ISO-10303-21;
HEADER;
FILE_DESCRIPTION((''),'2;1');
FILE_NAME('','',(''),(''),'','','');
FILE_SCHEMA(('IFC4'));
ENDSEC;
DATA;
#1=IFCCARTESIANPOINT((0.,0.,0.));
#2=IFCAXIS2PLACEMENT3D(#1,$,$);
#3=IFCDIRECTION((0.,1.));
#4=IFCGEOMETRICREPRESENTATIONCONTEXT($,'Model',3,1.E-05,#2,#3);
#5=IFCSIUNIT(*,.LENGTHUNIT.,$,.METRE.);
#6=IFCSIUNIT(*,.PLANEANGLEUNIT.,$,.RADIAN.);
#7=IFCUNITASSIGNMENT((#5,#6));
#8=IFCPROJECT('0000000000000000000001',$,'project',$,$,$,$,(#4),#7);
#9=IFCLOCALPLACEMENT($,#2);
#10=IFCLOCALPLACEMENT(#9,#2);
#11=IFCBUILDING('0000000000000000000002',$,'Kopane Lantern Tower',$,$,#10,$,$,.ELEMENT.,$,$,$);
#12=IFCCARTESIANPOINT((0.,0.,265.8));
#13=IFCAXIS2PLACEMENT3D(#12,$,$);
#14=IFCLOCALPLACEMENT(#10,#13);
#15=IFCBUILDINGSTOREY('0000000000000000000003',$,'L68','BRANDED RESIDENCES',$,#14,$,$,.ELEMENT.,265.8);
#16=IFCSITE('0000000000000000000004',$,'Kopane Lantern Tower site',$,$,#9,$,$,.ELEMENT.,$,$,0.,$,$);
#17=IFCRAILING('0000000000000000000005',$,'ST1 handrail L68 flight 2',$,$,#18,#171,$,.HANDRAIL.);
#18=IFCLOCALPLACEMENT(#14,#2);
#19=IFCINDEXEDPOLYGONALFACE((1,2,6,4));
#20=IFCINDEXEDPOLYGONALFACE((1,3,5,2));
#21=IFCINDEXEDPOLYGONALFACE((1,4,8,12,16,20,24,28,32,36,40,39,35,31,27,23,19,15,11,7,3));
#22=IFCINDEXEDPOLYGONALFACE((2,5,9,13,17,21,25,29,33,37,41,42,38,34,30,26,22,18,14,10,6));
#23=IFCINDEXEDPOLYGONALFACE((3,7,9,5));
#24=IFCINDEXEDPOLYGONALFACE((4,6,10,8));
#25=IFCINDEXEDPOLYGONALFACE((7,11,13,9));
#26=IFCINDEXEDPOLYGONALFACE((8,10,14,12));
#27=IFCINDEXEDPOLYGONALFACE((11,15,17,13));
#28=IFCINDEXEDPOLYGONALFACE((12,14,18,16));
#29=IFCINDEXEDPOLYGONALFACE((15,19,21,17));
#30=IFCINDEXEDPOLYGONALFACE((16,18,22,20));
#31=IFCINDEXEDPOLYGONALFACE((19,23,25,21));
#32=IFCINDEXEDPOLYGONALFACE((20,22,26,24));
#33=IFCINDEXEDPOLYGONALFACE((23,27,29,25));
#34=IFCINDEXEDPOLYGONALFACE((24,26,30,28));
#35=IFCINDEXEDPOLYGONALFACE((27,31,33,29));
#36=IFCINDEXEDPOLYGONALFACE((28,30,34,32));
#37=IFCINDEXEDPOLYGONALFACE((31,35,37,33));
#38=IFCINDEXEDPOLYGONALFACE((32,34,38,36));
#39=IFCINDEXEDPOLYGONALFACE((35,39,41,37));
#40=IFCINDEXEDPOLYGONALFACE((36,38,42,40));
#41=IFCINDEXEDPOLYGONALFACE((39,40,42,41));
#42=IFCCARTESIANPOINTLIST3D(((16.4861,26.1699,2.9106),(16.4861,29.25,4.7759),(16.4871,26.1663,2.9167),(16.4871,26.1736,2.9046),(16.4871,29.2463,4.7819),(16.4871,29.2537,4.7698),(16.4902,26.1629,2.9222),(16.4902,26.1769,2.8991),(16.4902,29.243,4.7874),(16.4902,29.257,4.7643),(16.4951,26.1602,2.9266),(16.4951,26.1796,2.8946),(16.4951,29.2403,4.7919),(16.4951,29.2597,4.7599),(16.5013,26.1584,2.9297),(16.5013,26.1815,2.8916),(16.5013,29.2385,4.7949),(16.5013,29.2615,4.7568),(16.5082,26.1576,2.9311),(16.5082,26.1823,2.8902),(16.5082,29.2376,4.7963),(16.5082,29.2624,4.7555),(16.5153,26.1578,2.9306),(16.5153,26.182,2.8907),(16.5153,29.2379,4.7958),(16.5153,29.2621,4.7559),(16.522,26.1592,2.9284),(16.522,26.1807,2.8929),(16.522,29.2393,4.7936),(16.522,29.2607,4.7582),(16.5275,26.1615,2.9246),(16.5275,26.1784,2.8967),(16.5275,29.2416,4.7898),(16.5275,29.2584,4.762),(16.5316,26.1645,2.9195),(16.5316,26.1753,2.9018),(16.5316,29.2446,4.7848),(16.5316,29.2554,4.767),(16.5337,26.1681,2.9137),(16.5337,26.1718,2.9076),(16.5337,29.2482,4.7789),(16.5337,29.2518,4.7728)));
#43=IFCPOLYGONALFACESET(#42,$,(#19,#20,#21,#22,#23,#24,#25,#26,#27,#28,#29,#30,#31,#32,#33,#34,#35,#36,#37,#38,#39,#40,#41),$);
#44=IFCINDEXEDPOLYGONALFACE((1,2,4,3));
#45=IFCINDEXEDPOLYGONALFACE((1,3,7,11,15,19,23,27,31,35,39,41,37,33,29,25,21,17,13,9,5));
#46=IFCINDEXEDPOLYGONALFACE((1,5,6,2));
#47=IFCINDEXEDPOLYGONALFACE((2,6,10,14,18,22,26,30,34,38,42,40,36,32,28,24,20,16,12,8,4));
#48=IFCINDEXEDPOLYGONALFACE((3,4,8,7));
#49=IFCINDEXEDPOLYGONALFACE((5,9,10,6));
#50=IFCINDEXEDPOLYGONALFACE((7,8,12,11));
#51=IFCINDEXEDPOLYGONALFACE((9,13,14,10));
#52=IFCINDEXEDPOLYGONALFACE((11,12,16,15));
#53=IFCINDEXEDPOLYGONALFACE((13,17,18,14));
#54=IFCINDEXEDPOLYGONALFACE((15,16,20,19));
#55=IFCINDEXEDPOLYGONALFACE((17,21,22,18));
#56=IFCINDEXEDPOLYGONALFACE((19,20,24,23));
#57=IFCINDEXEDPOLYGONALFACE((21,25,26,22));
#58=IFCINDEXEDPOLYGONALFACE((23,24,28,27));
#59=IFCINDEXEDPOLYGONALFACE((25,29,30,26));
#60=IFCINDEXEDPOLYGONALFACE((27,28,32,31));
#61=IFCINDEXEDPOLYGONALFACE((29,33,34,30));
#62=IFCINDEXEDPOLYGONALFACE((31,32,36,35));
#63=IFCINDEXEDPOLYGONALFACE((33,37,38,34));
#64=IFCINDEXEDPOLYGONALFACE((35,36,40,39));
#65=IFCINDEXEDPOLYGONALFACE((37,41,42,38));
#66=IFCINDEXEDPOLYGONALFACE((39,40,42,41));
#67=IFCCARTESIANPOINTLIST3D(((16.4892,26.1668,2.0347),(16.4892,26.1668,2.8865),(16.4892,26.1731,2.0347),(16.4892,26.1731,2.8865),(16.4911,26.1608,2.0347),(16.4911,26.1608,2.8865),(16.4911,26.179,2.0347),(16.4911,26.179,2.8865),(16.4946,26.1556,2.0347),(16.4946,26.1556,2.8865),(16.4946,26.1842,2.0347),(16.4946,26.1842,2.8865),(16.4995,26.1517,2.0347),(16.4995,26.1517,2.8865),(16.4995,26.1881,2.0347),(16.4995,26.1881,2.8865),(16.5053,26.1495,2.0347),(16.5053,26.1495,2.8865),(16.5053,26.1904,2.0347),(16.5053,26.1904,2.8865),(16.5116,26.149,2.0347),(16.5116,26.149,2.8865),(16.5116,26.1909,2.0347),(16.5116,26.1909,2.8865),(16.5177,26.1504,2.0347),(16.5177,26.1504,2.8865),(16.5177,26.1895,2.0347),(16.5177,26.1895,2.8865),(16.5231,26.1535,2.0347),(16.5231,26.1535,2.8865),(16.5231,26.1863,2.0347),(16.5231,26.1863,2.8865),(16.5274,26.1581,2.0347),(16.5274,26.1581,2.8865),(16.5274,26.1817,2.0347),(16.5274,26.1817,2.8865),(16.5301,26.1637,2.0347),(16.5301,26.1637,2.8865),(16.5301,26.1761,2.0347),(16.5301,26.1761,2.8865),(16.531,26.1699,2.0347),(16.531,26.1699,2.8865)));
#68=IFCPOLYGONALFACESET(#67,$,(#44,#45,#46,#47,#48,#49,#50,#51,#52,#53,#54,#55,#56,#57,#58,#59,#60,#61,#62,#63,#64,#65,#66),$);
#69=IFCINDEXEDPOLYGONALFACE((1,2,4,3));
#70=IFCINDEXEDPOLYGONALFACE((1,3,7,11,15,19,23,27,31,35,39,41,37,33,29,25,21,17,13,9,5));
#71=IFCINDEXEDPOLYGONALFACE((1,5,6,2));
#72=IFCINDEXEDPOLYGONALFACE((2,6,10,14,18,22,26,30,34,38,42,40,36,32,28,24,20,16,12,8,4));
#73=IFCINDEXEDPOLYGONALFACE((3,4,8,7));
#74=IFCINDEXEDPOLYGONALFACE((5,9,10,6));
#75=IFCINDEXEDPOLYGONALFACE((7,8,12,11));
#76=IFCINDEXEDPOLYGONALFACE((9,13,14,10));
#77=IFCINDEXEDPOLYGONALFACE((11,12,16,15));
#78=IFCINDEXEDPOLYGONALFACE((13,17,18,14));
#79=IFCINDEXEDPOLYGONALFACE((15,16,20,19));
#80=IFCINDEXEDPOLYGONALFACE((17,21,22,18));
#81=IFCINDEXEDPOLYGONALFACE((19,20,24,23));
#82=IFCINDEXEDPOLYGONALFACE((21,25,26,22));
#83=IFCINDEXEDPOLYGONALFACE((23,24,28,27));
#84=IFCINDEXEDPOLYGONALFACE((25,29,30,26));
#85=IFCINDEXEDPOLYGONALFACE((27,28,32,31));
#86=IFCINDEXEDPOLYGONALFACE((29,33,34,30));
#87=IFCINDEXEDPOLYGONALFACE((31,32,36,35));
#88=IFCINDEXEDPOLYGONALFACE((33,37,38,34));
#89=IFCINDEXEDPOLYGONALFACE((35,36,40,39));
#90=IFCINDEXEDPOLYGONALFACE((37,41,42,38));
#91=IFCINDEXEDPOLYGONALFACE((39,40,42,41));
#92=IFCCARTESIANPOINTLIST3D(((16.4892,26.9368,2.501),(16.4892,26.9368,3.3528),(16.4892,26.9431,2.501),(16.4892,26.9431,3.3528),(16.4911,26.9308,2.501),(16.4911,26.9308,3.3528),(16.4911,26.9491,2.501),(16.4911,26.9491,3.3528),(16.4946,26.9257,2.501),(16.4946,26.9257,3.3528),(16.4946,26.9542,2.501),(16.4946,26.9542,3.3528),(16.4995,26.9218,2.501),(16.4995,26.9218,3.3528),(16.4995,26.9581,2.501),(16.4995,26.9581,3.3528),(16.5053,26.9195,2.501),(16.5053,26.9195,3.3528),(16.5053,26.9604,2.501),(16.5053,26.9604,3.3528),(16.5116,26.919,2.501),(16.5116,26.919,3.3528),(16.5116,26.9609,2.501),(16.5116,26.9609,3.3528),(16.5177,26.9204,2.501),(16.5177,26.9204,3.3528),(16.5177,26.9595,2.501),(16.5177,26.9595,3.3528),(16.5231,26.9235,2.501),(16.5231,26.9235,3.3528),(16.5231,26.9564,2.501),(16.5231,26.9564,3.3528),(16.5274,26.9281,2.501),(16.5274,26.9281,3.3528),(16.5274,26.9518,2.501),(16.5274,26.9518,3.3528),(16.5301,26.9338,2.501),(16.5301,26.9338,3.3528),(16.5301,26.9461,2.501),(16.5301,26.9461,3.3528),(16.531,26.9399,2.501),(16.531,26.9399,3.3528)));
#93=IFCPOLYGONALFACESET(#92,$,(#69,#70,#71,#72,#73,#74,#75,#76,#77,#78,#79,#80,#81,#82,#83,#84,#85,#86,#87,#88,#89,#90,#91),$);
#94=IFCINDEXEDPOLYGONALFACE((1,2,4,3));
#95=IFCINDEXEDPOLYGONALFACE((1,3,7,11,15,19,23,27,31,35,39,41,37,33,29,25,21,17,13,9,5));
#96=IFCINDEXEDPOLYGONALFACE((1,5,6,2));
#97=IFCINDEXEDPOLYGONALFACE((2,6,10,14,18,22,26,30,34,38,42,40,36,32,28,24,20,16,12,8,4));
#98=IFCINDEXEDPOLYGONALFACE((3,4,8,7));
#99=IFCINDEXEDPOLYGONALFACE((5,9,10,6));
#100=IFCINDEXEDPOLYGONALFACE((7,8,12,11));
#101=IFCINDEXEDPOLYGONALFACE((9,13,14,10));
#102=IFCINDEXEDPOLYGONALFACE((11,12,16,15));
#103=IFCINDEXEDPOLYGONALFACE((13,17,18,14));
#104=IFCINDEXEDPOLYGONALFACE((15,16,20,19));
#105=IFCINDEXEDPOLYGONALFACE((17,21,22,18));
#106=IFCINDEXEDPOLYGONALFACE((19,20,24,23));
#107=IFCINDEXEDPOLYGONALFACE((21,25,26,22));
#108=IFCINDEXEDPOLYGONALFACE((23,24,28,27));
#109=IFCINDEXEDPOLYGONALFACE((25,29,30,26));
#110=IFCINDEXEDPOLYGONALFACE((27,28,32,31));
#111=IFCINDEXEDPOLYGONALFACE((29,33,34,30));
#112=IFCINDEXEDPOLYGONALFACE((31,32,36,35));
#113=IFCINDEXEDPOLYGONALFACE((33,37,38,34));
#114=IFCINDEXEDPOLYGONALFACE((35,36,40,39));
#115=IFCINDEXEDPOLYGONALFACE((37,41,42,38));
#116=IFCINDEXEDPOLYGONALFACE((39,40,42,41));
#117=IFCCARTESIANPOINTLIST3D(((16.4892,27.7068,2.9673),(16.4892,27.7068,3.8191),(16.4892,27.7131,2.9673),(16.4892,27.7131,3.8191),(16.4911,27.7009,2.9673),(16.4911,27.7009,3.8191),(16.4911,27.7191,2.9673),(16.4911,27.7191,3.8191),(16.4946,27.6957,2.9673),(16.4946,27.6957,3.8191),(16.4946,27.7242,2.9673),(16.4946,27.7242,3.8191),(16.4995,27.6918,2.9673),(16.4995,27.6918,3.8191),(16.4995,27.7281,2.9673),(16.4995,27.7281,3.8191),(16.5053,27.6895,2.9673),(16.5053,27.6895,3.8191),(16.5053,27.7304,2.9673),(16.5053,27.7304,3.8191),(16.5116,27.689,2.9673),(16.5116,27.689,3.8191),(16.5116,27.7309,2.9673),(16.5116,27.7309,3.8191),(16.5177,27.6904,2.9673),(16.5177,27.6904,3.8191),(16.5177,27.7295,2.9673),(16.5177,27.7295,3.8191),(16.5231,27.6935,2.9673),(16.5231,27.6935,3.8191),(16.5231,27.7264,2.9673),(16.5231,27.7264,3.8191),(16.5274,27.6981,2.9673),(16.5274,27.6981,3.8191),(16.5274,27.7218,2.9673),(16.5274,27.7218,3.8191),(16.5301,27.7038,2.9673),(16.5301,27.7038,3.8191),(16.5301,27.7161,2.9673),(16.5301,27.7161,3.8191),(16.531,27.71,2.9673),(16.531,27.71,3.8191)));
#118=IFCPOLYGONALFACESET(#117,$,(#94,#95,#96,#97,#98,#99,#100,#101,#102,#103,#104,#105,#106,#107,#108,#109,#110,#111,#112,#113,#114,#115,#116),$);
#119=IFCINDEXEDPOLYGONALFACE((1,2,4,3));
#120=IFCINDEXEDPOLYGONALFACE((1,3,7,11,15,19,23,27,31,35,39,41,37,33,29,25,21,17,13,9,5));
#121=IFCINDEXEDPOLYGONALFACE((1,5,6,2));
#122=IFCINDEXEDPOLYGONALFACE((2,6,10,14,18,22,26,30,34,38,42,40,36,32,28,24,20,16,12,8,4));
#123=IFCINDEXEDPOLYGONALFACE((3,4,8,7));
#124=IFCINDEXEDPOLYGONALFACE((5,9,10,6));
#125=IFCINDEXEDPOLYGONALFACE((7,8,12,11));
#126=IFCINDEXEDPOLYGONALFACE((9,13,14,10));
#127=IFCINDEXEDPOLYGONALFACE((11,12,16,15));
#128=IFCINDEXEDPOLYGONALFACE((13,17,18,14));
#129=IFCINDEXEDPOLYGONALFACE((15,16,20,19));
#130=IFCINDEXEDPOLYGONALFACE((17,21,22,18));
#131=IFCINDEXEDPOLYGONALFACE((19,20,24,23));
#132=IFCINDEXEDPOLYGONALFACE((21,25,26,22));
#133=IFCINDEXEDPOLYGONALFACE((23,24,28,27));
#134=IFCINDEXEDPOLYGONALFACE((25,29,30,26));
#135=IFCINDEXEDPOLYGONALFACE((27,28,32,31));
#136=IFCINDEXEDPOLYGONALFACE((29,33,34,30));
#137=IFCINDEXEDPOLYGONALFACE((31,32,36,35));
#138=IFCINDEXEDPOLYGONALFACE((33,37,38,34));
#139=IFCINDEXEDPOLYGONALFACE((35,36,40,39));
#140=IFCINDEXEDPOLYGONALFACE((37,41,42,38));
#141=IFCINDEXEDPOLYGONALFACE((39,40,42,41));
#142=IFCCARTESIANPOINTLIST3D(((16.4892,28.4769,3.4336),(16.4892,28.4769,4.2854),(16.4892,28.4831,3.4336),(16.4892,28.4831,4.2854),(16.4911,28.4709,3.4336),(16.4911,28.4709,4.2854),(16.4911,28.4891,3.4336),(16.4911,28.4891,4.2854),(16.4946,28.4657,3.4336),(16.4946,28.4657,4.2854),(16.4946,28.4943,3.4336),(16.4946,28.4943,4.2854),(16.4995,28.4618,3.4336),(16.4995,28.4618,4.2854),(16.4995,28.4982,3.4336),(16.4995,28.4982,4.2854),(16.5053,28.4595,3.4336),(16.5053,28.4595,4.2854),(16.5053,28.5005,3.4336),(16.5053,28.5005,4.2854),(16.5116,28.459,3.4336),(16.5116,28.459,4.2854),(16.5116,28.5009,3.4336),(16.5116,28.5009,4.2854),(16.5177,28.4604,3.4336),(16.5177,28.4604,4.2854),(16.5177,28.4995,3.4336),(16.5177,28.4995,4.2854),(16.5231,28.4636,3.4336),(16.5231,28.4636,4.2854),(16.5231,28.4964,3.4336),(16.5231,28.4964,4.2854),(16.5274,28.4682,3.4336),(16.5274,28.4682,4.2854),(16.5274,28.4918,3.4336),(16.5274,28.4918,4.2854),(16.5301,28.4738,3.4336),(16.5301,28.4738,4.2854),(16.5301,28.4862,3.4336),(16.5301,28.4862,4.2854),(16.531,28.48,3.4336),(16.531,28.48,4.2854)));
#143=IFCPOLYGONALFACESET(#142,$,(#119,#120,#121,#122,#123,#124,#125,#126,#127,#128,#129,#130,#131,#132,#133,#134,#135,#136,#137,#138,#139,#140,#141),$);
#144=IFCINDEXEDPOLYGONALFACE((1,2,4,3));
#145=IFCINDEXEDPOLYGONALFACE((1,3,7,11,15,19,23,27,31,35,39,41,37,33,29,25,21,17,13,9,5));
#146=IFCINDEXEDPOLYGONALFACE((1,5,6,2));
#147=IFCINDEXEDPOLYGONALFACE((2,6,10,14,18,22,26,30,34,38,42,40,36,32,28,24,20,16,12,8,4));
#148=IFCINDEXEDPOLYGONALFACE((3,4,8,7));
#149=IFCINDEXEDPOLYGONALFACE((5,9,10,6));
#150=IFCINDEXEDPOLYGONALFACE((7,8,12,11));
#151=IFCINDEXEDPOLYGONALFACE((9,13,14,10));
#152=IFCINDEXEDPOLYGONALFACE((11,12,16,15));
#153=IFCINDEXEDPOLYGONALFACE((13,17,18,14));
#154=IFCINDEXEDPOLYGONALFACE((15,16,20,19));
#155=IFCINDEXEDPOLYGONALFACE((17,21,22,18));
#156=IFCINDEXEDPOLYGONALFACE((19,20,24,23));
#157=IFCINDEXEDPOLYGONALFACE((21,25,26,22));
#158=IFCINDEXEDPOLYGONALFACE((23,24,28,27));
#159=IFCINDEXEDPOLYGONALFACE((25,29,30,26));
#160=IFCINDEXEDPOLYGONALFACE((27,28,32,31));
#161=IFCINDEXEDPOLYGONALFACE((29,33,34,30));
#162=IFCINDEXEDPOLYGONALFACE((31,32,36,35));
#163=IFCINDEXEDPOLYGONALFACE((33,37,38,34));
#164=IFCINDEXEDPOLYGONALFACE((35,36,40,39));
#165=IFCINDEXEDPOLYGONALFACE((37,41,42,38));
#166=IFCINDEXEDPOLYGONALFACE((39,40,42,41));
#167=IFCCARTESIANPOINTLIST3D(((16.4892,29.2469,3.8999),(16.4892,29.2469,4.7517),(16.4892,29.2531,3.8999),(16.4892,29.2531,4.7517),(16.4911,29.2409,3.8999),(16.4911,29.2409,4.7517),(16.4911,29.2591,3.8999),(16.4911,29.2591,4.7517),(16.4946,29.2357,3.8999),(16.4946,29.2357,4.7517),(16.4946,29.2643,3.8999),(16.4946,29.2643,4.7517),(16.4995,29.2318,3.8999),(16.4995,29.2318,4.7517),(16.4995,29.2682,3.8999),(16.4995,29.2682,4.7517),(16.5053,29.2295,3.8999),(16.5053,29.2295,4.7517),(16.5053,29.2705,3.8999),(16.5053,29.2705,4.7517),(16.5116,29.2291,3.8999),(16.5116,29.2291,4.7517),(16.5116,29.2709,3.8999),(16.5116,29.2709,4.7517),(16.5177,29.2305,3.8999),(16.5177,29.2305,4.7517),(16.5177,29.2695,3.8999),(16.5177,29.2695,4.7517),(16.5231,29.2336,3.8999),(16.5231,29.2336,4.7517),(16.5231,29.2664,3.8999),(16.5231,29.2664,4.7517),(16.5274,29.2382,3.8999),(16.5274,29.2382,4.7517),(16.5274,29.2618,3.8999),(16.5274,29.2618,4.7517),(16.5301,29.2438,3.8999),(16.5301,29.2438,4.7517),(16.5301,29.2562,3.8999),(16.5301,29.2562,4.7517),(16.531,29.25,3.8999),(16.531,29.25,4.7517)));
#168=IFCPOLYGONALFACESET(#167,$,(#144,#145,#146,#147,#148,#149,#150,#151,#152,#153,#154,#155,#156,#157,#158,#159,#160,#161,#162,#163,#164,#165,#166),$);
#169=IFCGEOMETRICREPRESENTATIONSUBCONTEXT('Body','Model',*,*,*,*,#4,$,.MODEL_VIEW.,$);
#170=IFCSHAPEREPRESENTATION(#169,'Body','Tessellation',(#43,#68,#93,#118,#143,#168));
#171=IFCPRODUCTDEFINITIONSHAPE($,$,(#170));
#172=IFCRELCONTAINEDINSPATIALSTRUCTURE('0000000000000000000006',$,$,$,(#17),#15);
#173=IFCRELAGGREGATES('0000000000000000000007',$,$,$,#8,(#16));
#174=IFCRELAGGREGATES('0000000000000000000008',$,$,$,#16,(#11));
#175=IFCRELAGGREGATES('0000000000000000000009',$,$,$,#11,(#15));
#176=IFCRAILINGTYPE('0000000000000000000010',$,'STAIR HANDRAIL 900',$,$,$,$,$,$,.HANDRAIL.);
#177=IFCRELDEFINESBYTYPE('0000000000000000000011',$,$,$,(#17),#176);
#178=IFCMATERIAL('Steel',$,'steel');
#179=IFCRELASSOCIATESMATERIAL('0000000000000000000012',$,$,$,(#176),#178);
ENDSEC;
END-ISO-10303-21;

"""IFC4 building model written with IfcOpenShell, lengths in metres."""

from ifc_helpers import new_model, si_unit, direction, frame, origin, origin_2d, place, context, subcontext, project, spatial, circle, extrude, material, type_object, element, save


model = new_model("IFC4")

# Units and contexts
model_context = context("Model", 3, precision=1e-05, world=origin(), true_north=direction((0.0, 1.0)))
body_context = subcontext(model_context, "Body", "Model", "MODEL_VIEW")
ifc_project = project(units=[si_unit("LENGTHUNIT", "METRE"), si_unit("PLANEANGLEUNIT", "RADIAN")], contexts=[model_context])

# Site, building, storey
site_placement = place(None, origin())
site = spatial("IfcSite", under=ifc_project, at=site_placement, Name="Kopane Lantern Tower site", CompositionType="ELEMENT", RefElevation=0.0)
building_placement = place(site_placement, origin())
building = spatial("IfcBuilding", under=site, at=building_placement, Name="Kopane Lantern Tower", CompositionType="ELEMENT")
storey_placement = place(building_placement, frame((0.0, 0.0, 265.8)))
storey = spatial("IfcBuildingStorey", under=building, at=storey_placement, Name="L68", Description="BRANDED RESIDENCES", CompositionType="ELEMENT", Elevation=265.8)

# Railing
ifc_material_1 = material(Name="Steel", Category="steel")
railing_type_1 = type_object("IfcRailingType", Name="STAIR HANDRAIL 900", PredefinedType="HANDRAIL", material=ifc_material_1)
for number, where, name in (
    (1, (16.51, 26.1699, 2.0347), "ST1 handrail L68 flight 2"),
):
    element("IfcRailing", number, at=place(storey_placement, frame(where)), inside=storey, type_object=railing_type_1, Name=name, PredefinedType="HANDRAIL", context=body_context, shape_type="SweptSolid", body=[
        extrude(circle(Radius=0.0239, at=origin_2d()), frame((0.0, 0.0, 0.876), z_axis=(0.0, 0.85538, 0.518001), x_axis=(-1.0, 0.0, 0.0)), (0.0, 0.0, 1.0), 3.6008),
        extrude(circle(Radius=0.021, at=origin_2d()), origin(), (0.0, 0.0, 1.0), 0.8518),
        extrude(circle(Radius=0.021, at=origin_2d()), frame((0.0, 0.77, 0.4663)), (0.0, 0.0, 1.0), 0.8518),
        extrude(circle(Radius=0.021, at=origin_2d()), frame((0.0, 1.54, 0.9326)), (0.0, 0.0, 1.0), 0.8518),
        extrude(circle(Radius=0.021, at=origin_2d()), frame((0.0, 2.3101, 1.3989)), (0.0, 0.0, 1.0), 0.8518),
        extrude(circle(Radius=0.021, at=origin_2d()), frame((0.0, 3.0801, 1.8652)), (0.0, 0.0, 1.0), 0.8518),
    ])

save(model, "model.ifc")
